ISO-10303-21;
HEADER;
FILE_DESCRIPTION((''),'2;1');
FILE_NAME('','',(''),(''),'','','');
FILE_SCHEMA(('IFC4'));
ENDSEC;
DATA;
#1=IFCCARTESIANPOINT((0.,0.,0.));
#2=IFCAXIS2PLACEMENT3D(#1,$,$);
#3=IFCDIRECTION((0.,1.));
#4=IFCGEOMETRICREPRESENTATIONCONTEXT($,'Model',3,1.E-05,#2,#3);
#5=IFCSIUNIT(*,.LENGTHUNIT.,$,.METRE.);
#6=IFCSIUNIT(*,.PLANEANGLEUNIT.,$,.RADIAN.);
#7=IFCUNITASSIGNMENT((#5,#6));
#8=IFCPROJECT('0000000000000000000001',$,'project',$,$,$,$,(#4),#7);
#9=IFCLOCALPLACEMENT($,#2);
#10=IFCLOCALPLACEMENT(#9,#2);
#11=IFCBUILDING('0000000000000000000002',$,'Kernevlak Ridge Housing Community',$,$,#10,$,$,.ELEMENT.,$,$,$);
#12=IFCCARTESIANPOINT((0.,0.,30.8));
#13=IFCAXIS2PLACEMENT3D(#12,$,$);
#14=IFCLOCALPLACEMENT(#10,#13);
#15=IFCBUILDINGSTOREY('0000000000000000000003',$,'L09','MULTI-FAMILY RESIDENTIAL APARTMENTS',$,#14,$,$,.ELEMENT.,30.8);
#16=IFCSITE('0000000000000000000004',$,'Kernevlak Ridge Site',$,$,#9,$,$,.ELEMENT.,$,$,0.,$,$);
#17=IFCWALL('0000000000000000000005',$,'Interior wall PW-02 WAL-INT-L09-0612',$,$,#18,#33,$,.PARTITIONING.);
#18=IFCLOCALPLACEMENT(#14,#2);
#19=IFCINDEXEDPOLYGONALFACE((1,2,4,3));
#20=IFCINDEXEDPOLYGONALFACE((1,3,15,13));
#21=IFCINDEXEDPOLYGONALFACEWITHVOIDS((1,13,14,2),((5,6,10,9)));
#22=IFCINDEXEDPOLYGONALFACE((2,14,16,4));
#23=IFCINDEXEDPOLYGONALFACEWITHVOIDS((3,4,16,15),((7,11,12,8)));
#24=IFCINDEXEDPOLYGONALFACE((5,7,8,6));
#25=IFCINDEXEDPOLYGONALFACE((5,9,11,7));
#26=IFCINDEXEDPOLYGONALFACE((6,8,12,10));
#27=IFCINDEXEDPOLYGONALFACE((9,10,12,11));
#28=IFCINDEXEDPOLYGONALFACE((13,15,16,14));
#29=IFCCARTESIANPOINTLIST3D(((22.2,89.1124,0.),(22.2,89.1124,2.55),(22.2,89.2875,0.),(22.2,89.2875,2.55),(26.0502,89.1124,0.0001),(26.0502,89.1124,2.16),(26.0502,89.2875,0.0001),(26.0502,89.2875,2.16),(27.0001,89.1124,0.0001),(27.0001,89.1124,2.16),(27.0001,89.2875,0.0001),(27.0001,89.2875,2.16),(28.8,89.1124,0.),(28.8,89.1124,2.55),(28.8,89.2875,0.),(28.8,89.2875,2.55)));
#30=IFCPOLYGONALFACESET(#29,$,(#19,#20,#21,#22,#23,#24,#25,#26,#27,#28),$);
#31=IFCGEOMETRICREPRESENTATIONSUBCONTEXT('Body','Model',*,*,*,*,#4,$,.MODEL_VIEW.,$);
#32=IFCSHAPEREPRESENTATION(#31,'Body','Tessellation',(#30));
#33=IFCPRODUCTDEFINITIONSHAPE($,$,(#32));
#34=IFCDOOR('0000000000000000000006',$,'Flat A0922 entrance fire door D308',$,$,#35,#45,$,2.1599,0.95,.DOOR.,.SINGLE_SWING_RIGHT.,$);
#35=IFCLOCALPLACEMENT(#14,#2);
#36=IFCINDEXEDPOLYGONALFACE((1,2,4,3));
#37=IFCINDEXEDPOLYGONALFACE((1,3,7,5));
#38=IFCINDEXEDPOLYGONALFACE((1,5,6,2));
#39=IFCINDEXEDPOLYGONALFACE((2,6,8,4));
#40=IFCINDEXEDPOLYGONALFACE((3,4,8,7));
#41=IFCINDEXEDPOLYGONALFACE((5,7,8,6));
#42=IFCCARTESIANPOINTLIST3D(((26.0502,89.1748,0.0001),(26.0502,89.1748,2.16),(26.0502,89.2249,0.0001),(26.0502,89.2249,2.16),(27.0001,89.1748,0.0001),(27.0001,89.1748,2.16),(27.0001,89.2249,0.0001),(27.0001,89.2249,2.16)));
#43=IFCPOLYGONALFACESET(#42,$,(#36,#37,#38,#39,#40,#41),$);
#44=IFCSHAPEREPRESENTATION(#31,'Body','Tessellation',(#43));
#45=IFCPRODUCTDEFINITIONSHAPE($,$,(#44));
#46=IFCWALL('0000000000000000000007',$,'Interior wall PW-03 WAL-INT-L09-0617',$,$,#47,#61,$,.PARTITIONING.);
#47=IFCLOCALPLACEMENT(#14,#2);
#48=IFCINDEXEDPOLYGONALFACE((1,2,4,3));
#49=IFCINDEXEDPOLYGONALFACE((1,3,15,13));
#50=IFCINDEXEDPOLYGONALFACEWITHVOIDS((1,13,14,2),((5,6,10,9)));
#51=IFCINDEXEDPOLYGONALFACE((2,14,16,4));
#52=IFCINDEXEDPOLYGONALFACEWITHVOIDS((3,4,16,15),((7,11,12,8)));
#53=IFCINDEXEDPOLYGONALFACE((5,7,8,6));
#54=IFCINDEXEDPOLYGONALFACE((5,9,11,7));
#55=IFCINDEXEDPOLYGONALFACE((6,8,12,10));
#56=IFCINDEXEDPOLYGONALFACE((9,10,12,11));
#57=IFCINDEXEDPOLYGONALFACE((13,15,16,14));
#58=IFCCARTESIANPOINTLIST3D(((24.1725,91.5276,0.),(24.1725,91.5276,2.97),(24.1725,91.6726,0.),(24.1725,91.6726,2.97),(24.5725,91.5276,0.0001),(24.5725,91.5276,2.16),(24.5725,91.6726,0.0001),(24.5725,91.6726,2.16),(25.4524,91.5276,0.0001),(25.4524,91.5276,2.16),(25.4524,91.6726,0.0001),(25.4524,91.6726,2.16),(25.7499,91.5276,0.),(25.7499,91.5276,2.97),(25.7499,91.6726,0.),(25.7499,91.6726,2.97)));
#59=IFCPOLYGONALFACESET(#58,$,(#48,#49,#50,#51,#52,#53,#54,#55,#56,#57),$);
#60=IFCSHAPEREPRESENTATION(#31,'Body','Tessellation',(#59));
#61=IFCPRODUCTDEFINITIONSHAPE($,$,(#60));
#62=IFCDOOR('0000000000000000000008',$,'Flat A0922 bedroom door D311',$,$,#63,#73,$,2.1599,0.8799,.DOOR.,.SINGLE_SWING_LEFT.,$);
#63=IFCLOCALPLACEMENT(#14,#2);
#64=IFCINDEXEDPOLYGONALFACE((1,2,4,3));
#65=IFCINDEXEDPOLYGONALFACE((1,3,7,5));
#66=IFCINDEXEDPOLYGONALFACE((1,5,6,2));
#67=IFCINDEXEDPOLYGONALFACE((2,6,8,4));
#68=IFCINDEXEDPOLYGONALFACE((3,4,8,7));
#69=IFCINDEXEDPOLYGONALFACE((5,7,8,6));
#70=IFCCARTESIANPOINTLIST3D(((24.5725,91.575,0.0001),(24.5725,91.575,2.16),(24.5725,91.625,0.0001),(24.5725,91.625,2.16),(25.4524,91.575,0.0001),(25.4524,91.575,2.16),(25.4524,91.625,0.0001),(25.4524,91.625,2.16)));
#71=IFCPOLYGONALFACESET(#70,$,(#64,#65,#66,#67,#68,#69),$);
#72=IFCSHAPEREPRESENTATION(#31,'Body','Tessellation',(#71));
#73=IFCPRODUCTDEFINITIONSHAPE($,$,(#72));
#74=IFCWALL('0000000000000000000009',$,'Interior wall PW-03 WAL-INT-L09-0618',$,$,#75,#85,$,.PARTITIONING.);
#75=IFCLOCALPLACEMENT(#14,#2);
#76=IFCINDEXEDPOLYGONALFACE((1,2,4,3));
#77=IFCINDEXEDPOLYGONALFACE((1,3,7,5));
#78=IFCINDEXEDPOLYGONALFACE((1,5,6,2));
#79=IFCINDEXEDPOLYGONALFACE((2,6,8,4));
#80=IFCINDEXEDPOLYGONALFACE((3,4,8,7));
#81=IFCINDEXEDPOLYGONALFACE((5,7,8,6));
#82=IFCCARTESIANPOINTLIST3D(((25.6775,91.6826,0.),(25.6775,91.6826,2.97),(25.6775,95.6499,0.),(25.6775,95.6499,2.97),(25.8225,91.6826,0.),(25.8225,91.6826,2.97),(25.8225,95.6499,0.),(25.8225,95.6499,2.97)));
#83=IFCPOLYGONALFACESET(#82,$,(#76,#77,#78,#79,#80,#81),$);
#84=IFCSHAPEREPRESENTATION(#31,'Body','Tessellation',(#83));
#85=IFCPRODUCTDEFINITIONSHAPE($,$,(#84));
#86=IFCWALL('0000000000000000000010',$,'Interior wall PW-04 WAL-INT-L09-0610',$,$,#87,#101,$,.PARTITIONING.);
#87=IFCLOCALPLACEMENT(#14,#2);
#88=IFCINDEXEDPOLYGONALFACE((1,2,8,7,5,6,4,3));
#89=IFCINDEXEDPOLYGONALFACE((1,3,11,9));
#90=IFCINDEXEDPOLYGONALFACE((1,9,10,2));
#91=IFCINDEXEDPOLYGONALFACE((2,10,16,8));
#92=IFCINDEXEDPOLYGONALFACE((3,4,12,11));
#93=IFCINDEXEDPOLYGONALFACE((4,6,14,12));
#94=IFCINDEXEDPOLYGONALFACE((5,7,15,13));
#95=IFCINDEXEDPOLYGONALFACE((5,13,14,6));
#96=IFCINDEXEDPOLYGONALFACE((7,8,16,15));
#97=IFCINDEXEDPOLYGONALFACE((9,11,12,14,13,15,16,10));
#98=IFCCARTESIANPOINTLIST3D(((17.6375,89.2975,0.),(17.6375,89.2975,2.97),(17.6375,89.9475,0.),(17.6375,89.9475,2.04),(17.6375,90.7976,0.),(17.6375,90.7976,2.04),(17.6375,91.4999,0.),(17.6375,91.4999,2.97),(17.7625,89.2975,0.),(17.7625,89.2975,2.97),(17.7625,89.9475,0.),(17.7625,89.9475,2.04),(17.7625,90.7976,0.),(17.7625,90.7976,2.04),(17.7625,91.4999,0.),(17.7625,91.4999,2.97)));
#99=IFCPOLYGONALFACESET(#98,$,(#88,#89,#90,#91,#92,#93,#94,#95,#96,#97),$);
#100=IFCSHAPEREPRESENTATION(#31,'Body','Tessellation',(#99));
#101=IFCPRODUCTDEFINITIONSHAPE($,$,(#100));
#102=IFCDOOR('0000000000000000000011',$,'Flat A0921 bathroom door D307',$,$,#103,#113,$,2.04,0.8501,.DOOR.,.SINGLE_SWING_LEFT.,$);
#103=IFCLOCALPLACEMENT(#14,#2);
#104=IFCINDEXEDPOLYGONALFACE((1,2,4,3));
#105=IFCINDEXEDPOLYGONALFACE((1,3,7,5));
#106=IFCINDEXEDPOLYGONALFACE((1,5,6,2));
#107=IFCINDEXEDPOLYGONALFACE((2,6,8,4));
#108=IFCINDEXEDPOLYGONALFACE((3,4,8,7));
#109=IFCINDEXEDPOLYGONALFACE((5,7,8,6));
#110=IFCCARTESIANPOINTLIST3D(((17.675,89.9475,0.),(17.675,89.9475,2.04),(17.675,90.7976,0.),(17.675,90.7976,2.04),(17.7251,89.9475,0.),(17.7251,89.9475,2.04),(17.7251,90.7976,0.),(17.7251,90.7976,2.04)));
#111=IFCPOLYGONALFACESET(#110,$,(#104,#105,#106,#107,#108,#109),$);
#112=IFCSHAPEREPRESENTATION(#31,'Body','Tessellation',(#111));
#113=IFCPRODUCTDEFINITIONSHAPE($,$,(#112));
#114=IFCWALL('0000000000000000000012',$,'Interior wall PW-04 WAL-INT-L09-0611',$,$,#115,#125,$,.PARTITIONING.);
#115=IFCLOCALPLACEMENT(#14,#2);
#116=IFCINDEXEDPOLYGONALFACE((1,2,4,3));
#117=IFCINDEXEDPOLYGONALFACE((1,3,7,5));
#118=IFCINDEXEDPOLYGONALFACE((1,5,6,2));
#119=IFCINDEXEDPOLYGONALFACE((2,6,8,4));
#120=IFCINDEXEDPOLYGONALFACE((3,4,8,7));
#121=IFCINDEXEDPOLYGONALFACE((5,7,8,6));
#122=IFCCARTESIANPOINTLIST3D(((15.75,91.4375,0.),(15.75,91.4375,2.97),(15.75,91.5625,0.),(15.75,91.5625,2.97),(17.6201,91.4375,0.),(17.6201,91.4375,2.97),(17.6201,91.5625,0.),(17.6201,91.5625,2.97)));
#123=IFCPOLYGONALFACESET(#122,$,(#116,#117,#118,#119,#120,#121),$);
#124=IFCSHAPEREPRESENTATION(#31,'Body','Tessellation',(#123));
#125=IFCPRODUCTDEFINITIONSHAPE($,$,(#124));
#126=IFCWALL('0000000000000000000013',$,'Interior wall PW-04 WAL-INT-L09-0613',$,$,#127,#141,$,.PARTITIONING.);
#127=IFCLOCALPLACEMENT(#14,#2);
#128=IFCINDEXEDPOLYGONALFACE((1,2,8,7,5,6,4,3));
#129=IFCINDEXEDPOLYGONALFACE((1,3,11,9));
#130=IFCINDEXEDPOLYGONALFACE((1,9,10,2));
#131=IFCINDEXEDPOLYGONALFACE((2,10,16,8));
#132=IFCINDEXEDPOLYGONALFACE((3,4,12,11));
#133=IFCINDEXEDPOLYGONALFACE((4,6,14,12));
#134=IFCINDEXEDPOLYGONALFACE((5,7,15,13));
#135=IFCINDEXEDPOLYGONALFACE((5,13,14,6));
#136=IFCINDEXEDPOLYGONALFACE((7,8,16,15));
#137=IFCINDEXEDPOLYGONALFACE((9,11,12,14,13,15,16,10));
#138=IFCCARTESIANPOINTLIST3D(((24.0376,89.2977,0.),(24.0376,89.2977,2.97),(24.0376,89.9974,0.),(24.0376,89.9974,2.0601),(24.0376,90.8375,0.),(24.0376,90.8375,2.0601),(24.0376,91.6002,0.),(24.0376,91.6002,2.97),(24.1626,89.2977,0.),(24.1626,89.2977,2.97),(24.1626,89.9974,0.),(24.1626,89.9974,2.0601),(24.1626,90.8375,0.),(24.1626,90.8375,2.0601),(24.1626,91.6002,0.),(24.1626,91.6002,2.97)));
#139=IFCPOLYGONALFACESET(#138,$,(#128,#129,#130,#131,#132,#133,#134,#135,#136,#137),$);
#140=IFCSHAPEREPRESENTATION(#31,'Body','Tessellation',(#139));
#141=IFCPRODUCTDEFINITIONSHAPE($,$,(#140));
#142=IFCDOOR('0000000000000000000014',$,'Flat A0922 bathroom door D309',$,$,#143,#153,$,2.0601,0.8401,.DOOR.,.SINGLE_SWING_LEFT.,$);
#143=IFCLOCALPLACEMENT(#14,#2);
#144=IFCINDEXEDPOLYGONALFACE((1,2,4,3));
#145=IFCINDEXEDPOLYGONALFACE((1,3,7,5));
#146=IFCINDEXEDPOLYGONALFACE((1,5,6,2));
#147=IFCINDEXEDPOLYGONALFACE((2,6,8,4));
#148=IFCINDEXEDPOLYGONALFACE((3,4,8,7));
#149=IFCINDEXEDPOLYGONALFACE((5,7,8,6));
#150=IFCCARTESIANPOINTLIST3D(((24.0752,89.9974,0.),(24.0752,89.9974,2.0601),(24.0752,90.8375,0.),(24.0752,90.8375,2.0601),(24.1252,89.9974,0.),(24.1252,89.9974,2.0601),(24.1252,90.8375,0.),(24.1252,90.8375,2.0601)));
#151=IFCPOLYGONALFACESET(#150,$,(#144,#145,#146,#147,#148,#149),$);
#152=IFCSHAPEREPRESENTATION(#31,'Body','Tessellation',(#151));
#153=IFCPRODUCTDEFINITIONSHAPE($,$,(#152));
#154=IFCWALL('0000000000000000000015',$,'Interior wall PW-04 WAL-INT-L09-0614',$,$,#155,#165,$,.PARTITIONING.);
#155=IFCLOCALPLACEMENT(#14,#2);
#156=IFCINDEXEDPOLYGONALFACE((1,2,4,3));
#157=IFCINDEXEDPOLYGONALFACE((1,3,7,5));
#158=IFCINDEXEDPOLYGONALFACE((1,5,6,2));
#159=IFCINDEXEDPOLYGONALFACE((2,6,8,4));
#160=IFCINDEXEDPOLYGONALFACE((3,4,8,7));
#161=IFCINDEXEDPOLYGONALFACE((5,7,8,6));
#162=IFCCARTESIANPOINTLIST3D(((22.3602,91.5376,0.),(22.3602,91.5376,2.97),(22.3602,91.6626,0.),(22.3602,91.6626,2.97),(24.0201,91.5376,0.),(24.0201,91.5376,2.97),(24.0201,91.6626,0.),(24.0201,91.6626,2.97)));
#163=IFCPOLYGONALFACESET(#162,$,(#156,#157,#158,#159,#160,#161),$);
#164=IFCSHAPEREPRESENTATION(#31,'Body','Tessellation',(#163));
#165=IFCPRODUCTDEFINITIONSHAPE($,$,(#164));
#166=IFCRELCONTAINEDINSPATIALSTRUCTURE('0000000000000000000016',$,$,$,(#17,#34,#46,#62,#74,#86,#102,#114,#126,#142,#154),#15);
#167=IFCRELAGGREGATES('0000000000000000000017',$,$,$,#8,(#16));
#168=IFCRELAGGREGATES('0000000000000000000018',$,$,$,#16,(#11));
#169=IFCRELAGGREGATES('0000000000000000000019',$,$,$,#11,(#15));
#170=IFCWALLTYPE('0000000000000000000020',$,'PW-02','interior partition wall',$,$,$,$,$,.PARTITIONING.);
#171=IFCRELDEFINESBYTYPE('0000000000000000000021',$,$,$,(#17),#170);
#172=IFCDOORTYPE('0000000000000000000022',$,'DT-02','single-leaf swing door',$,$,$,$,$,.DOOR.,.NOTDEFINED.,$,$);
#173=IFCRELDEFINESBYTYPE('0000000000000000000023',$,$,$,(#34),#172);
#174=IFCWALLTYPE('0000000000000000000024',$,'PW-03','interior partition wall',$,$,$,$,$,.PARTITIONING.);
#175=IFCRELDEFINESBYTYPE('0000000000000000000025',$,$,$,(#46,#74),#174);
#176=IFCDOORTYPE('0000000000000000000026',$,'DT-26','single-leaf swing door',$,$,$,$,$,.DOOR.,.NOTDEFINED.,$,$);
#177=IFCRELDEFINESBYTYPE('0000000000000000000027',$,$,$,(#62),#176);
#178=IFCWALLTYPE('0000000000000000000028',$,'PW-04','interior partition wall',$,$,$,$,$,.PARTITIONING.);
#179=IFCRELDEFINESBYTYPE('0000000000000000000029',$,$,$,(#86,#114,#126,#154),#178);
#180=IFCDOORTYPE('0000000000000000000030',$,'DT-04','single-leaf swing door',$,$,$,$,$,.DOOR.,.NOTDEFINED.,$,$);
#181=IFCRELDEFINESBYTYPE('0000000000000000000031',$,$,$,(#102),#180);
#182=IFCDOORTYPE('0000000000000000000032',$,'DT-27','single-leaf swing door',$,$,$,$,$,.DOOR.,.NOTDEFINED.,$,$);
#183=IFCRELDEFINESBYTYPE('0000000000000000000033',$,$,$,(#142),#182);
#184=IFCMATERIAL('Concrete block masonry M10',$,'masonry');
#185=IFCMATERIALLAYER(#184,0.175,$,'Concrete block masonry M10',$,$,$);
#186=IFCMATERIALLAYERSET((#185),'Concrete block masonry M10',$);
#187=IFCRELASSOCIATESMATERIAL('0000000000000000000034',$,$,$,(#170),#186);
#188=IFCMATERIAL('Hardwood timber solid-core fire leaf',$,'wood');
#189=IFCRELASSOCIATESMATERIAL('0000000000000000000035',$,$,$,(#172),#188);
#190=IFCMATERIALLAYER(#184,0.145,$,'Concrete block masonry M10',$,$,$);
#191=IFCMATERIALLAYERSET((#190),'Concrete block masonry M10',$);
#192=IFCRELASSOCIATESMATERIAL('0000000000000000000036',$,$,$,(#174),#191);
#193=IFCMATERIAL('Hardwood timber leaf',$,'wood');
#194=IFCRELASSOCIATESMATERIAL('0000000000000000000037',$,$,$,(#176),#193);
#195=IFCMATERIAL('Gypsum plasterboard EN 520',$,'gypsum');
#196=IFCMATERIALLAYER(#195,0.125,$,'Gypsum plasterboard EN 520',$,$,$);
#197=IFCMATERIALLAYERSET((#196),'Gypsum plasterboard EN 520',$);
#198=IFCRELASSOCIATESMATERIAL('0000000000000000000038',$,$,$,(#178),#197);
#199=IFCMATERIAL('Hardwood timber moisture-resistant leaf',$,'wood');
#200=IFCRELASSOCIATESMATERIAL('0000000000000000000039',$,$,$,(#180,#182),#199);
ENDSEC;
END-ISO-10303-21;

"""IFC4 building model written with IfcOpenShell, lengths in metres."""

from ifc_helpers import new_model, si_unit, direction, frame, frame_2d, origin, place, context, subcontext, project, spatial, rectangle, extrude, material, layer, layer_set, type_object, element, fill, save


model = new_model("IFC4")

# Units and contexts
model_context = context("Model", 3, precision=1e-05, world=origin(), true_north=direction((0.0, 1.0)))
body_context = subcontext(model_context, "Body", "Model", "MODEL_VIEW")
ifc_project = project(units=[si_unit("LENGTHUNIT", "METRE"), si_unit("PLANEANGLEUNIT", "RADIAN")], contexts=[model_context])

# Site, building, storey
site_placement = place(None, origin())
site = spatial("IfcSite", under=ifc_project, at=site_placement, Name="Kernevlak Ridge Site", CompositionType="ELEMENT", RefElevation=0.0)
building_placement = place(site_placement, origin())
building = spatial("IfcBuilding", under=site, at=building_placement, Name="Kernevlak Ridge Housing Community", CompositionType="ELEMENT")
storey_placement = place(building_placement, frame((0.0, 0.0, 30.8)))
storey = spatial("IfcBuildingStorey", under=building, at=storey_placement, Name="L09", Description="MULTI-FAMILY RESIDENTIAL APARTMENTS", CompositionType="ELEMENT", Elevation=30.8)

# Shared definitions
ifc_material_1 = material(Name="Concrete block masonry M10", Category="masonry")

# Walls, openings, doors
ifc_layer_1 = layer(ifc_material_1, 0.175, Name="Concrete block masonry M10")
ifc_layer_set_1 = layer_set([ifc_layer_1], Name="Concrete block masonry M10")
wall_type_1 = type_object("IfcWallType", Name="PW-02", Description="interior partition wall", PredefinedType="PARTITIONING", material=ifc_layer_set_1)
wall_1_placement = place(storey_placement, frame((22.2, 89.2, 0.0), z_axis=(0.0, 0.0, 1.0), x_axis=(1.0, 0.0, 0.0)))
wall_1 = element("IfcWall", 1, at=wall_1_placement, inside=storey, type_object=wall_type_1, Name="Interior wall PW-02 WAL-INT-L09-0612", PredefinedType="PARTITIONING", context=body_context, shape_type="SweptSolid", body=[
    extrude(rectangle(XDim=6.6001, YDim=0.175, at=frame_2d((3.3, 0.0))), origin(), (0.0, 0.0, 1.0), 2.55),
])
opening_1_placement = place(wall_1_placement, frame((3.8501, 0.0, 0.0)))
opening_1 = element("IfcOpeningElement", 2, at=opening_1_placement, cuts=wall_1, PredefinedType="OPENING", context=body_context, shape_type="SweptSolid", body=[
    extrude(rectangle(XDim=0.95, YDim=2.1599, at=frame_2d((0.4751, 1.0801))), frame((0.0, 0.0974, 0.0), z_axis=(0.0, -1.0, 0.0), x_axis=(1.0, 0.0, 0.0)), (0.0, 0.0, 1.0), 0.1951),
])
ifc_material_2 = material(Name="Hardwood timber solid-core fire leaf", Category="wood")
door_type_1 = type_object("IfcDoorType", Name="DT-02", Description="single-leaf swing door", OperationType="NOTDEFINED", PredefinedType="DOOR", material=ifc_material_2)
door_1_placement = place(opening_1_placement, origin())
door_1 = element("IfcDoor", 3, at=door_1_placement, inside=storey, type_object=door_type_1, Name="Flat A0922 entrance fire door D308", OperationType="SINGLE_SWING_RIGHT", OverallHeight=2.1599, OverallWidth=0.95, PredefinedType="DOOR", context=body_context, shape_type="SweptSolid", body=[
    extrude(rectangle(XDim=0.95, YDim=2.1599, at=frame_2d((0.4751, 1.0801))), frame((0.0, 0.0249, 0.0), z_axis=(0.0, -1.0, 0.0), x_axis=(1.0, 0.0, 0.0)), (0.0, 0.0, 1.0), 0.05),
])
fill(opening_1, door_1)
ifc_layer_2 = layer(ifc_material_1, 0.145, Name="Concrete block masonry M10")
ifc_layer_set_2 = layer_set([ifc_layer_2], Name="Concrete block masonry M10")
wall_type_2 = type_object("IfcWallType", Name="PW-03", Description="interior partition wall", PredefinedType="PARTITIONING", material=ifc_layer_set_2)
wall_2_placement = place(storey_placement, frame((24.1726, 91.6001, 0.0), z_axis=(0.0, 0.0, 1.0), x_axis=(1.0, 0.0, 0.0)))
wall_2 = element("IfcWall", 4, at=wall_2_placement, inside=storey, type_object=wall_type_2, Name="Interior wall PW-03 WAL-INT-L09-0617", PredefinedType="PARTITIONING", context=body_context, shape_type="SweptSolid", body=[
    extrude(rectangle(XDim=1.5774, YDim=0.145, at=frame_2d((0.7886, 0.0))), origin(), (0.0, 0.0, 1.0), 2.97),
])
opening_2_placement = place(wall_2_placement, frame((0.3999, 0.0, 0.0)))
opening_2 = element("IfcOpeningElement", 5, at=opening_2_placement, cuts=wall_2, PredefinedType="OPENING", context=body_context, shape_type="SweptSolid", body=[
    extrude(rectangle(XDim=0.8799, YDim=2.1599, at=frame_2d((0.4399, 1.0801))), frame((0.0, 0.0825, 0.0), z_axis=(0.0, -1.0, 0.0), x_axis=(1.0, 0.0, 0.0)), (0.0, 0.0, 1.0), 0.165),
])
ifc_material_3 = material(Name="Hardwood timber leaf", Category="wood")
door_type_2 = type_object("IfcDoorType", Name="DT-26", Description="single-leaf swing door", OperationType="NOTDEFINED", PredefinedType="DOOR", material=ifc_material_3)
door_2_placement = place(opening_2_placement, origin())
door_2 = element("IfcDoor", 6, at=door_2_placement, inside=storey, type_object=door_type_2, Name="Flat A0922 bedroom door D311", OperationType="SINGLE_SWING_LEFT", OverallHeight=2.1599, OverallWidth=0.8799, PredefinedType="DOOR", context=body_context, shape_type="SweptSolid", body=[
    extrude(rectangle(XDim=0.8799, YDim=2.1599, at=frame_2d((0.4399, 1.0801))), frame((0.0, 0.0249, 0.0), z_axis=(0.0, -1.0, 0.0), x_axis=(1.0, 0.0, 0.0)), (0.0, 0.0, 1.0), 0.05),
])
fill(opening_2, door_2)

# Wall
wall_3_placement = place(storey_placement, frame((25.75, 91.6826, 0.0), z_axis=(0.0, 0.0, 1.0), x_axis=(0.0, 1.0, 0.0)))
element("IfcWall", 7, at=wall_3_placement, inside=storey, type_object=wall_type_2, Name="Interior wall PW-03 WAL-INT-L09-0618", PredefinedType="PARTITIONING", context=body_context, shape_type="SweptSolid", body=[
    extrude(rectangle(XDim=3.9673, YDim=0.145, at=frame_2d((1.9836, 0.0))), origin(), (0.0, 0.0, 1.0), 2.97),
])

# Wall, opening, door
ifc_material_4 = material(Name="Gypsum plasterboard EN 520", Category="gypsum")
ifc_layer_3 = layer(ifc_material_4, 0.125, Name="Gypsum plasterboard EN 520")
ifc_layer_set_3 = layer_set([ifc_layer_3], Name="Gypsum plasterboard EN 520")
wall_type_3 = type_object("IfcWallType", Name="PW-04", Description="interior partition wall", PredefinedType="PARTITIONING", material=ifc_layer_set_3)
wall_4_placement = place(storey_placement, frame((17.7, 89.2976, 0.0), z_axis=(0.0, 0.0, 1.0), x_axis=(0.0, 1.0, 0.0)))
wall_4 = element("IfcWall", 8, at=wall_4_placement, inside=storey, type_object=wall_type_3, Name="Interior wall PW-04 WAL-INT-L09-0610", PredefinedType="PARTITIONING", context=body_context, shape_type="SweptSolid", body=[
    extrude(rectangle(XDim=2.2024, YDim=0.125, at=frame_2d((1.1011, 0.0))), origin(), (0.0, 0.0, 1.0), 2.97),
])
opening_3_placement = place(wall_4_placement, frame((0.6499, 0.0, 0.0)))
opening_3 = element("IfcOpeningElement", 9, at=opening_3_placement, cuts=wall_4, PredefinedType="OPENING", context=body_context, shape_type="SweptSolid", body=[
    extrude(rectangle(XDim=0.8501, YDim=2.04, at=frame_2d((0.425, 1.02))), frame((0.0, 0.0725, 0.0), z_axis=(0.0, -1.0, 0.0), x_axis=(1.0, 0.0, 0.0)), (0.0, 0.0, 1.0), 0.145),
])
ifc_material_5 = material(Name="Hardwood timber moisture-resistant leaf", Category="wood")
door_type_3 = type_object("IfcDoorType", Name="DT-04", Description="single-leaf swing door", OperationType="NOTDEFINED", PredefinedType="DOOR", material=ifc_material_5)
door_3_placement = place(opening_3_placement, origin())
door_3 = element("IfcDoor", 10, at=door_3_placement, inside=storey, type_object=door_type_3, Name="Flat A0921 bathroom door D307", OperationType="SINGLE_SWING_LEFT", OverallHeight=2.04, OverallWidth=0.8501, PredefinedType="DOOR", context=body_context, shape_type="SweptSolid", body=[
    extrude(rectangle(XDim=0.8501, YDim=2.04, at=frame_2d((0.425, 1.02))), frame((0.0, 0.0249, 0.0), z_axis=(0.0, -1.0, 0.0), x_axis=(1.0, 0.0, 0.0)), (0.0, 0.0, 1.0), 0.05),
])
fill(opening_3, door_3)

# Wall
wall_5_placement = place(storey_placement, frame((15.75, 91.5, 0.0), z_axis=(0.0, 0.0, 1.0), x_axis=(1.0, 0.0, 0.0)))
element("IfcWall", 11, at=wall_5_placement, inside=storey, type_object=wall_type_3, Name="Interior wall PW-04 WAL-INT-L09-0611", PredefinedType="PARTITIONING", context=body_context, shape_type="SweptSolid", body=[
    extrude(rectangle(XDim=1.8701, YDim=0.125, at=frame_2d((0.9351, 0.0))), origin(), (0.0, 0.0, 1.0), 2.97),
])

# Wall, opening, door
wall_6_placement = place(storey_placement, frame((24.1001, 89.2976, 0.0), z_axis=(0.0, 0.0, 1.0), x_axis=(0.0, 1.0, 0.0)))
wall_6 = element("IfcWall", 12, at=wall_6_placement, inside=storey, type_object=wall_type_3, Name="Interior wall PW-04 WAL-INT-L09-0613", PredefinedType="PARTITIONING", context=body_context, shape_type="SweptSolid", body=[
    extrude(rectangle(XDim=2.3025, YDim=0.125, at=frame_2d((1.1514, 0.0))), origin(), (0.0, 0.0, 1.0), 2.97),
])
opening_4_placement = place(wall_6_placement, frame((0.7, 0.0, 0.0)))
opening_4 = element("IfcOpeningElement", 13, at=opening_4_placement, cuts=wall_6, PredefinedType="OPENING", context=body_context, shape_type="SweptSolid", body=[
    extrude(rectangle(XDim=0.8401, YDim=2.0601, at=frame_2d((0.4199, 1.03))), frame((0.0, 0.0725, 0.0), z_axis=(0.0, -1.0, 0.0), x_axis=(1.0, 0.0, 0.0)), (0.0, 0.0, 1.0), 0.145),
])
door_type_4 = type_object("IfcDoorType", Name="DT-27", Description="single-leaf swing door", OperationType="NOTDEFINED", PredefinedType="DOOR", material=ifc_material_5)
door_4_placement = place(opening_4_placement, origin())
door_4 = element("IfcDoor", 14, at=door_4_placement, inside=storey, type_object=door_type_4, Name="Flat A0922 bathroom door D309", OperationType="SINGLE_SWING_LEFT", OverallHeight=2.0601, OverallWidth=0.8401, PredefinedType="DOOR", context=body_context, shape_type="SweptSolid", body=[
    extrude(rectangle(XDim=0.8401, YDim=2.0601, at=frame_2d((0.4199, 1.03))), frame((0.0, 0.0249, 0.0), z_axis=(0.0, -1.0, 0.0), x_axis=(1.0, 0.0, 0.0)), (0.0, 0.0, 1.0), 0.05),
])
fill(opening_4, door_4)

# Wall
wall_7_placement = place(storey_placement, frame((22.3601, 91.6001, 0.0), z_axis=(0.0, 0.0, 1.0), x_axis=(1.0, 0.0, 0.0)))
element("IfcWall", 15, at=wall_7_placement, inside=storey, type_object=wall_type_3, Name="Interior wall PW-04 WAL-INT-L09-0614", PredefinedType="PARTITIONING", context=body_context, shape_type="SweptSolid", body=[
    extrude(rectangle(XDim=1.6599, YDim=0.125, at=frame_2d((0.8301, 0.0))), origin(), (0.0, 0.0, 1.0), 2.97),
])

save(model, "model.ifc")
